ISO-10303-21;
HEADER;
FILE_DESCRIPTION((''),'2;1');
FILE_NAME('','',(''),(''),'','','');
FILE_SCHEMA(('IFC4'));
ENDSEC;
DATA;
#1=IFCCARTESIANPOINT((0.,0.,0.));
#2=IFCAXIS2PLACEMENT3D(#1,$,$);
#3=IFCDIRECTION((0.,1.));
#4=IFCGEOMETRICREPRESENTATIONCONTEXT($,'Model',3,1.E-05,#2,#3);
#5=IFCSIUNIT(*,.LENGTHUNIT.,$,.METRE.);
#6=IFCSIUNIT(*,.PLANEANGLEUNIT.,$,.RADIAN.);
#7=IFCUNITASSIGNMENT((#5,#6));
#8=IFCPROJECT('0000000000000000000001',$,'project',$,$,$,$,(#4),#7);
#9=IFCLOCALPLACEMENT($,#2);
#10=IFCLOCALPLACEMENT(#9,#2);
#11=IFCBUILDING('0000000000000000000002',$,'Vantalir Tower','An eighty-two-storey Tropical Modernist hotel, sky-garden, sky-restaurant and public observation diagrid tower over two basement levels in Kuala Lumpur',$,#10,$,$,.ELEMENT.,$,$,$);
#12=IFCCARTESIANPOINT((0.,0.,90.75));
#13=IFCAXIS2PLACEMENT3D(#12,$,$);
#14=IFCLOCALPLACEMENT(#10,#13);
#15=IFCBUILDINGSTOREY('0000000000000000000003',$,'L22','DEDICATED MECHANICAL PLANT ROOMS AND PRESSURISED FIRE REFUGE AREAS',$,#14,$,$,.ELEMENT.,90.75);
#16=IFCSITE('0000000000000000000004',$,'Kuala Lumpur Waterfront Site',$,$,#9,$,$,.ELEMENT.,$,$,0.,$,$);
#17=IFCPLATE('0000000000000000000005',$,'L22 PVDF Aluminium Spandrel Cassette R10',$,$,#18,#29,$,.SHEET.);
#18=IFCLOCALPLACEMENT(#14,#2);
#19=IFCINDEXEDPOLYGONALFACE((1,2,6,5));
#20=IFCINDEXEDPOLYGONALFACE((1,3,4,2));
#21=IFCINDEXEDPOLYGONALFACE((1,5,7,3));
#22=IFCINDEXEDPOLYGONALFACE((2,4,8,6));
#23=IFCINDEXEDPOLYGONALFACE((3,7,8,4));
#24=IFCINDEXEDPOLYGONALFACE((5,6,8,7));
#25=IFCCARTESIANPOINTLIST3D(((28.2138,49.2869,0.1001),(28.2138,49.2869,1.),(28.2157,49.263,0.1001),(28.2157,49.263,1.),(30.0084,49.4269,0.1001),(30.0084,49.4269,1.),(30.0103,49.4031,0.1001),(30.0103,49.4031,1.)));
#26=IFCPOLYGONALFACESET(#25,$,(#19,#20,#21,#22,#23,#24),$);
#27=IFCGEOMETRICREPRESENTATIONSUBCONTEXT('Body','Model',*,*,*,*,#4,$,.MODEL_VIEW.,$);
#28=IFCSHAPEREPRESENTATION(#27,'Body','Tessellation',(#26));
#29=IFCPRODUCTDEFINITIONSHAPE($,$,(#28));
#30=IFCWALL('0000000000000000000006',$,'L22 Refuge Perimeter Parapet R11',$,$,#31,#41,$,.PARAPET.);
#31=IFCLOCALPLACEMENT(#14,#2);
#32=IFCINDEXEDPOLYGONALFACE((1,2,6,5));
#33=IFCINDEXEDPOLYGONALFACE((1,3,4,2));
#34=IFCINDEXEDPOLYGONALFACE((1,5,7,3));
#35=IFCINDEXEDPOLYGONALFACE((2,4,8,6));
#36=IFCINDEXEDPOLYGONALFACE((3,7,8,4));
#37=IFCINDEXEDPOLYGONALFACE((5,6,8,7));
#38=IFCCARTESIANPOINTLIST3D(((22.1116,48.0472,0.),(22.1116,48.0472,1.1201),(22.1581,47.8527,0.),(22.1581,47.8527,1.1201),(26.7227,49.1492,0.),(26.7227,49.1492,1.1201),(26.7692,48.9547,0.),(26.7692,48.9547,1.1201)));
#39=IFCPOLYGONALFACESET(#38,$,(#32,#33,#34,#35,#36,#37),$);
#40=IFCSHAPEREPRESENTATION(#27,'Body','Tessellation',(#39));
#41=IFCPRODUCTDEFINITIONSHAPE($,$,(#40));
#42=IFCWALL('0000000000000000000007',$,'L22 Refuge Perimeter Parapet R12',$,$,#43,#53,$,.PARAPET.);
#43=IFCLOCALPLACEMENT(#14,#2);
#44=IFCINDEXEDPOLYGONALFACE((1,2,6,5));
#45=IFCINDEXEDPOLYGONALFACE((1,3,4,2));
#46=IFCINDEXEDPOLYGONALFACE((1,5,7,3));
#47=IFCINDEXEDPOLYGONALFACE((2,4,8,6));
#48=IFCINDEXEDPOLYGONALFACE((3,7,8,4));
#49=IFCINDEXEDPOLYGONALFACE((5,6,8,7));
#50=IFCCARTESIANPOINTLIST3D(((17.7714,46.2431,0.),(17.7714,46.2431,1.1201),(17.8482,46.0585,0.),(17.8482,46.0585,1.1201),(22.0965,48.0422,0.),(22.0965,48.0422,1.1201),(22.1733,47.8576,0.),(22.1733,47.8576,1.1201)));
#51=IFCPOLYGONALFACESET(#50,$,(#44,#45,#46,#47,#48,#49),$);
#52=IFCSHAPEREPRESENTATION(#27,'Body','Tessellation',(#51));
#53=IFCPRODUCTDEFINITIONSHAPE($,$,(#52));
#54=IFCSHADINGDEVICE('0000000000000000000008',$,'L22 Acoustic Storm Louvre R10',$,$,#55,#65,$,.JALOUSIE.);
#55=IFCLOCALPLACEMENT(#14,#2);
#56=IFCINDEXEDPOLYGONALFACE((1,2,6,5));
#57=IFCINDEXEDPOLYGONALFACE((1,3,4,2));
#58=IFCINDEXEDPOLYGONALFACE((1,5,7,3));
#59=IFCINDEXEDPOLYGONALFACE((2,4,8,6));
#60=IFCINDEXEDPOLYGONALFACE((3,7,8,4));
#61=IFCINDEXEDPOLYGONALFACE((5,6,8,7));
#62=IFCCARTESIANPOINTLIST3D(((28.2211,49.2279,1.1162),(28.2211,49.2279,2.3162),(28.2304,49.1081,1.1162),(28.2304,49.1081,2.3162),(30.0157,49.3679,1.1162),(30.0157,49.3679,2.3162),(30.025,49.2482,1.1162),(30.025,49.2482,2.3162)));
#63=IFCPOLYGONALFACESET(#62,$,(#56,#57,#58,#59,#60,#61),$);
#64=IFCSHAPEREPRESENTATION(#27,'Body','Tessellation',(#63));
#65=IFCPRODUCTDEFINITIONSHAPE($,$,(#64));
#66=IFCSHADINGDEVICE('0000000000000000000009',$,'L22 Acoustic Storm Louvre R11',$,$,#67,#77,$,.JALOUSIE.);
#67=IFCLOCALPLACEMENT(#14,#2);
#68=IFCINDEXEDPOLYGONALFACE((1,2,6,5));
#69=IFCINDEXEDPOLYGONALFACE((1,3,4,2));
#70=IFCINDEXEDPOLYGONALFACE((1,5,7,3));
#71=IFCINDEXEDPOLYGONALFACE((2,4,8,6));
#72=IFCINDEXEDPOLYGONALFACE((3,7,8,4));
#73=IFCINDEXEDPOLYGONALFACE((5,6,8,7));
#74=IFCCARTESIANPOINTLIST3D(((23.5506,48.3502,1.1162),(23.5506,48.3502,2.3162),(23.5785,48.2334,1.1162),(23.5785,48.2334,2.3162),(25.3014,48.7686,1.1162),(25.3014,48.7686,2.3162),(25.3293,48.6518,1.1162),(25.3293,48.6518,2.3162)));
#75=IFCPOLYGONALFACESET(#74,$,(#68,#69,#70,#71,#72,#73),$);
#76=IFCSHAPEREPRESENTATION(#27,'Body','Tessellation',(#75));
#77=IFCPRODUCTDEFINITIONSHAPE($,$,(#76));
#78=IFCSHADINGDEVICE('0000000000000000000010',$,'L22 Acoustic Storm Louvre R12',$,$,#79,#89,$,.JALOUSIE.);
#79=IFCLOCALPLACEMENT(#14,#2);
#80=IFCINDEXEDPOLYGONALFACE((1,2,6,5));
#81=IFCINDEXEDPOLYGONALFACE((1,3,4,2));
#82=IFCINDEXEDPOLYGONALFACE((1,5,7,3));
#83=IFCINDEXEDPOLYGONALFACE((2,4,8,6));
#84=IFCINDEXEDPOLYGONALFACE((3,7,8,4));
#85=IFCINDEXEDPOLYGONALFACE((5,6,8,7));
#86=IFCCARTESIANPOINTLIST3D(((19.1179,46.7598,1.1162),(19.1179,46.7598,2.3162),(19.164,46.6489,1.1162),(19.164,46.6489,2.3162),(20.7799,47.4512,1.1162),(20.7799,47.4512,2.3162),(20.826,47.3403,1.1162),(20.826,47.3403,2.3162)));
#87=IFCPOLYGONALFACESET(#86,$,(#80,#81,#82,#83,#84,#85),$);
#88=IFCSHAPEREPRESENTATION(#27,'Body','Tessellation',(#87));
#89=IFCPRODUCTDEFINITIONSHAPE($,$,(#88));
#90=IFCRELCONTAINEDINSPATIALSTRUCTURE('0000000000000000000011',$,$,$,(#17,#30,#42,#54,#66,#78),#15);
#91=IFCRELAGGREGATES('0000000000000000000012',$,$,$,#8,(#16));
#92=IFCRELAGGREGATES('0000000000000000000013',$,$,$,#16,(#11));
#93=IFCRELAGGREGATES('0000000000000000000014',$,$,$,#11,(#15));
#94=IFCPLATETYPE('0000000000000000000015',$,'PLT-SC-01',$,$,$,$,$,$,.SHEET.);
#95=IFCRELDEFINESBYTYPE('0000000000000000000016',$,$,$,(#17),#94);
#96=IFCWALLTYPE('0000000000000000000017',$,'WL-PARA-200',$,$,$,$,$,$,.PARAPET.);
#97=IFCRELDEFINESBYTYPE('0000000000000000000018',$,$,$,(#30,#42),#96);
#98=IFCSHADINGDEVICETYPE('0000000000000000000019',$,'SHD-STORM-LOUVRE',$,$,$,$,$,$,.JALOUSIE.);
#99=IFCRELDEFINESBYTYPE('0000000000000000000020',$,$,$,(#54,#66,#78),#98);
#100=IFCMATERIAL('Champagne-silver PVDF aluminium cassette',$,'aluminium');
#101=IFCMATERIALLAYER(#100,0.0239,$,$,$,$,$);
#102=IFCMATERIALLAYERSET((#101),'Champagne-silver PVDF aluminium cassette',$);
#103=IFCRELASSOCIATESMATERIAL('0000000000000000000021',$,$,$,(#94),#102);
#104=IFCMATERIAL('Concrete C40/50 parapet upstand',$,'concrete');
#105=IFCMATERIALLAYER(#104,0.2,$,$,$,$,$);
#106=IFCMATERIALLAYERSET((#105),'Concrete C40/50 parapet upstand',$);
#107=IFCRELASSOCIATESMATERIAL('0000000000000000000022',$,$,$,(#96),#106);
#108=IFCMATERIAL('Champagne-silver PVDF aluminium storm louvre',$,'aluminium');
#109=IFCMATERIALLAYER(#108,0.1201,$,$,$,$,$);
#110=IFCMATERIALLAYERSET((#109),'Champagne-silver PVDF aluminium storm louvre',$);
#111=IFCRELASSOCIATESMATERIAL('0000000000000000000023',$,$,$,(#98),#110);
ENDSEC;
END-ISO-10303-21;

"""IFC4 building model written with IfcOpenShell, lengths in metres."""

from ifc_helpers import new_model, si_unit, direction, frame, frame_2d, origin, origin_2d, place, context, subcontext, project, spatial, rectangle, extrude, material, layer, layer_set, type_object, element, save


model = new_model("IFC4")

# Units and contexts
model_context = context("Model", 3, precision=1e-05, world=origin(), true_north=direction((0.0, 1.0)))
body_context = subcontext(model_context, "Body", "Model", "MODEL_VIEW")
ifc_project = project(units=[si_unit("LENGTHUNIT", "METRE"), si_unit("PLANEANGLEUNIT", "RADIAN")], contexts=[model_context])

# Site, building, storey
site_placement = place(None, origin())
site = spatial("IfcSite", under=ifc_project, at=site_placement, Name="Kuala Lumpur Waterfront Site", CompositionType="ELEMENT", RefElevation=0.0)
building_placement = place(site_placement, origin())
building = spatial("IfcBuilding", under=site, at=building_placement, Name="Vantalir Tower", Description="An eighty-two-storey Tropical Modernist hotel, sky-garden, sky-restaurant and public observation diagrid tower over two basement levels in Kuala Lumpur", CompositionType="ELEMENT")
storey_placement = place(building_placement, frame((0.0, 0.0, 90.75)))
storey = spatial("IfcBuildingStorey", under=building, at=storey_placement, Name="L22", Description="DEDICATED MECHANICAL PLANT ROOMS AND PRESSURISED FIRE REFUGE AREAS", CompositionType="ELEMENT", Elevation=90.75)

# Plate
ifc_material_1 = material(Name="Champagne-silver PVDF aluminium cassette", Category="aluminium")
ifc_layer_1 = layer(ifc_material_1, 0.0239)
ifc_layer_set_1 = layer_set([ifc_layer_1], Name="Champagne-silver PVDF aluminium cassette")
plate_type_1 = type_object("IfcPlateType", Name="PLT-SC-01", PredefinedType="SHEET", material=ifc_layer_set_1)
plate_1_placement = place(storey_placement, frame((29.1121, 49.345, 0.1001), z_axis=(0.0, 0.0, 1.0), x_axis=(-0.996969, -0.077798, 0.0)))
element("IfcPlate", 1, at=plate_1_placement, inside=storey, type_object=plate_type_1, Name="L22 PVDF Aluminium Spandrel Cassette R10", PredefinedType="SHEET", context=body_context, shape_type="SweptSolid", body=[
    extrude(rectangle(XDim=1.8, YDim=0.0239, at=origin_2d()), origin(), (0.0, 0.0, 1.0), 0.8999),
])

# Walls
ifc_material_2 = material(Name="Concrete C40/50 parapet upstand", Category="concrete")
ifc_layer_2 = layer(ifc_material_2, 0.2)
ifc_layer_set_2 = layer_set([ifc_layer_2], Name="Concrete C40/50 parapet upstand")
wall_type = type_object("IfcWallType", Name="WL-PARA-200", PredefinedType="PARAPET", material=ifc_layer_set_2)
wall_1_placement = place(storey_placement, frame((26.7461, 49.052, 0.0), z_axis=(0.0, 0.0, 1.0), x_axis=(-0.972607, -0.232454, 0.0)))
element("IfcWall", 2, at=wall_1_placement, inside=storey, type_object=wall_type, Name="L22 Refuge Perimeter Parapet R11", PredefinedType="PARAPET", context=body_context, shape_type="SweptSolid", body=[
    extrude(rectangle(XDim=4.741, YDim=0.2, at=frame_2d((2.3706, 0.0))), origin(), (0.0, 0.0, 1.0), 1.1201),
])
wall_2_placement = place(storey_placement, frame((22.135, 47.95, 0.0), z_axis=(0.0, 0.0, 1.0), x_axis=(-0.923303, -0.384071, 0.0)))
element("IfcWall", 3, at=wall_2_placement, inside=storey, type_object=wall_type, Name="L22 Refuge Perimeter Parapet R12", PredefinedType="PARAPET", context=body_context, shape_type="SweptSolid", body=[
    extrude(rectangle(XDim=4.6843, YDim=0.2, at=frame_2d((2.3423, 0.0))), origin(), (0.0, 0.0, 1.0), 1.1201),
])

# Shading devices
ifc_material_3 = material(Name="Champagne-silver PVDF aluminium storm louvre", Category="aluminium")
ifc_layer_3 = layer(ifc_material_3, 0.1201)
ifc_layer_set_3 = layer_set([ifc_layer_3], Name="Champagne-silver PVDF aluminium storm louvre")
shading_device_type = type_object("IfcShadingDeviceType", Name="SHD-STORM-LOUVRE", PredefinedType="JALOUSIE", material=ifc_layer_set_3)
for number, where, z_axis, x_axis, name in (
    (4, (29.123, 49.238, 1.1162), (0.0, 0.0, 1.0), (-0.996969, -0.077798, 0.0), "L22 Acoustic Storm Louvre R10"),
    (5, (24.4399, 48.501, 1.1162), (0.0, 0.0, 1.0), (-0.97261, -0.232444, 0.0), "L22 Acoustic Storm Louvre R11"),
    (6, (19.9719, 47.05, 1.1162), (0.0, 0.0, 1.0), (-0.923311, -0.384054, 0.0), "L22 Acoustic Storm Louvre R12"),
):
    element("IfcShadingDevice", number, at=place(storey_placement, frame(where, z_axis=z_axis, x_axis=x_axis)), inside=storey, type_object=shading_device_type, Name=name, PredefinedType="JALOUSIE", context=body_context, shape_type="SweptSolid", body=[
        extrude(rectangle(XDim=1.8, YDim=0.1201, at=origin_2d()), origin(), (0.0, 0.0, 1.0), 1.2),
    ])

save(model, "model.ifc")
